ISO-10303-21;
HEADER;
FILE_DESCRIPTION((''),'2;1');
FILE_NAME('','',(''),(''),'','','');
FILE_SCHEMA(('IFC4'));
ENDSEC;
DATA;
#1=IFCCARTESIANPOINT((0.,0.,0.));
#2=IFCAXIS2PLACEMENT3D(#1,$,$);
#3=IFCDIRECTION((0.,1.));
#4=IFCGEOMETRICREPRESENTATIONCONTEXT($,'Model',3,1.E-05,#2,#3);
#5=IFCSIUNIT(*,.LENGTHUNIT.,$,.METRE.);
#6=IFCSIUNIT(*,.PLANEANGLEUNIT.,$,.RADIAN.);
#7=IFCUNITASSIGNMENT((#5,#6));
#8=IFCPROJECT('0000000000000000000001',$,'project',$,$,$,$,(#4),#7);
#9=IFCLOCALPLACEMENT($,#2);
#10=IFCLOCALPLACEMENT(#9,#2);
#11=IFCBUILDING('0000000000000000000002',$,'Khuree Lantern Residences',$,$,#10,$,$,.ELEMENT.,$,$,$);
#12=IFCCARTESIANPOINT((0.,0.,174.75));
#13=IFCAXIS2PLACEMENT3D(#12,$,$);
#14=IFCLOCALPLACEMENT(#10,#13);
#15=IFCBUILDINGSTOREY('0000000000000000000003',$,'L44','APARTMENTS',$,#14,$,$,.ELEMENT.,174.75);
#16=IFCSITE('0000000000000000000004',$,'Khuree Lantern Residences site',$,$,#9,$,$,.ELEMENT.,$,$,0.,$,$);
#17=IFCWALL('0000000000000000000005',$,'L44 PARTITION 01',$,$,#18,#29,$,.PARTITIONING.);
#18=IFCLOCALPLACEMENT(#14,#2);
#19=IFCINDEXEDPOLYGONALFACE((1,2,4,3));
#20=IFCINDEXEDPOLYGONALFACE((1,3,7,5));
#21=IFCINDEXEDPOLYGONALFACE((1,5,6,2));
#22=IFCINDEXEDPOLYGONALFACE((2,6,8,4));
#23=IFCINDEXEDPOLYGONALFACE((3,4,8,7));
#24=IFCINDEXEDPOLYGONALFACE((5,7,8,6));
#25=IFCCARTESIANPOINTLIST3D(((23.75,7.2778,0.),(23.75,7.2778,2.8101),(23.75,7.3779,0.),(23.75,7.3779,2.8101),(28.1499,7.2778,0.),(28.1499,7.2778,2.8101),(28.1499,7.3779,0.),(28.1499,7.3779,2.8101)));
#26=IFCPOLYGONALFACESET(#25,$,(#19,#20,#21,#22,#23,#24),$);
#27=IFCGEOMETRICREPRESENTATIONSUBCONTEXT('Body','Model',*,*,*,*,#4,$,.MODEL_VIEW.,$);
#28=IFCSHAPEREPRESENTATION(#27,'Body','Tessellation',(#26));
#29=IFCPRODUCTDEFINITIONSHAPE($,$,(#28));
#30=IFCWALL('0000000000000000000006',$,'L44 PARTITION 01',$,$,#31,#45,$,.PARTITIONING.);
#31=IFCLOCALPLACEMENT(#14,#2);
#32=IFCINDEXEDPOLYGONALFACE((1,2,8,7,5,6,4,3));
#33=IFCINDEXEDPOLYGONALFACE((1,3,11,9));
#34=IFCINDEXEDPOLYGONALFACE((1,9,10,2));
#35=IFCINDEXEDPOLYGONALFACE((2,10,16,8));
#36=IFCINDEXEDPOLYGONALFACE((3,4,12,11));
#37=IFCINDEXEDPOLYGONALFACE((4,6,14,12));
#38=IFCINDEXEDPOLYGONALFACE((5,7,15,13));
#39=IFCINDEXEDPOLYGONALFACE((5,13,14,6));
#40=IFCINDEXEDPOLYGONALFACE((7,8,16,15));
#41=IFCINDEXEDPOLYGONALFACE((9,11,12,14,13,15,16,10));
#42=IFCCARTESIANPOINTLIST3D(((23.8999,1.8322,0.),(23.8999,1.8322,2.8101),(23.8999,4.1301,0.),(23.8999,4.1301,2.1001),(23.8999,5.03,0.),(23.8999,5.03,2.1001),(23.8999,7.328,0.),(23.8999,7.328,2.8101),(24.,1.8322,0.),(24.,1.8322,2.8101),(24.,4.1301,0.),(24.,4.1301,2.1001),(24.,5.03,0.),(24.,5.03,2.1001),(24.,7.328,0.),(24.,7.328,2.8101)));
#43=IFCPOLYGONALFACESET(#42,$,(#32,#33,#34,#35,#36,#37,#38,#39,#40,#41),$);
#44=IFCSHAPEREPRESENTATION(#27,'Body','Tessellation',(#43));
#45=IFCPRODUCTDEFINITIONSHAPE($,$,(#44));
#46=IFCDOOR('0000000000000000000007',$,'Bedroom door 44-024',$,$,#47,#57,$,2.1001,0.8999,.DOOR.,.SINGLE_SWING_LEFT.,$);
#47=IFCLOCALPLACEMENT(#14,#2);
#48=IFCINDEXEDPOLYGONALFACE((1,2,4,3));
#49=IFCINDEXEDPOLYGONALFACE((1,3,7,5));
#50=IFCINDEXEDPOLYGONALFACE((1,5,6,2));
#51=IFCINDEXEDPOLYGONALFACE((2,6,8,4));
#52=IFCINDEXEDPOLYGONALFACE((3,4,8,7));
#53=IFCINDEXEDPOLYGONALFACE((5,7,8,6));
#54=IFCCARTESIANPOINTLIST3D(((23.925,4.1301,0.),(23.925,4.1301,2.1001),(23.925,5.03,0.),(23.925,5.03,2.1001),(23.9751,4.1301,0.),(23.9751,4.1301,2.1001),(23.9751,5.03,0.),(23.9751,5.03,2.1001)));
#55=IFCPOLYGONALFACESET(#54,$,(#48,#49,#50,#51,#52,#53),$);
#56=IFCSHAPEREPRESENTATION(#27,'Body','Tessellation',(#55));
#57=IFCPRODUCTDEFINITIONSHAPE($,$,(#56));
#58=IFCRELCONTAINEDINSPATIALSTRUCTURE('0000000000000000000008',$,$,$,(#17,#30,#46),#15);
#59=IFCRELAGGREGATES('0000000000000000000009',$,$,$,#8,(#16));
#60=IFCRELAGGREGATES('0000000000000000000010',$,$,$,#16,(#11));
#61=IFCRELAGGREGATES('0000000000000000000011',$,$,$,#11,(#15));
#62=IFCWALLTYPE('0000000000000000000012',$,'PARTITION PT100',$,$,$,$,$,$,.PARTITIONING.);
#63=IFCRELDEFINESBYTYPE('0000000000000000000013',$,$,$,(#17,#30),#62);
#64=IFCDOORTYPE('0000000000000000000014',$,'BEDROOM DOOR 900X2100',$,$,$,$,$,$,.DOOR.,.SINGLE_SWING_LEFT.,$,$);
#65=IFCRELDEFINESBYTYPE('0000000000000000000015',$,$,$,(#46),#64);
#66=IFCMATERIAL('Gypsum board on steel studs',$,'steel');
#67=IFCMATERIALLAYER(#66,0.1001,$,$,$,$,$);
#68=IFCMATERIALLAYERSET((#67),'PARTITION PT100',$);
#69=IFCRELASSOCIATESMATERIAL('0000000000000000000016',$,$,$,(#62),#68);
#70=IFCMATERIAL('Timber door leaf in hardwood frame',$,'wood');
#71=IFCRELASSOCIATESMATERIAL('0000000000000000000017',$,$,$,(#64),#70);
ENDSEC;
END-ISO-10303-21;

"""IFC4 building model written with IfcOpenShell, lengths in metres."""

from ifc_helpers import new_model, si_unit, direction, frame, frame_2d, origin, place, context, subcontext, project, spatial, rectangle, extrude, material, layer, layer_set, type_object, element, fill, save


model = new_model("IFC4")

# Units and contexts
model_context = context("Model", 3, precision=1e-05, world=origin(), true_north=direction((0.0, 1.0)))
body_context = subcontext(model_context, "Body", "Model", "MODEL_VIEW")
ifc_project = project(units=[si_unit("LENGTHUNIT", "METRE"), si_unit("PLANEANGLEUNIT", "RADIAN")], contexts=[model_context])

# Site, building, storey
site_placement = place(None, origin())
site = spatial("IfcSite", under=ifc_project, at=site_placement, Name="Khuree Lantern Residences site", CompositionType="ELEMENT", RefElevation=0.0)
building_placement = place(site_placement, origin())
building = spatial("IfcBuilding", under=site, at=building_placement, Name="Khuree Lantern Residences", CompositionType="ELEMENT")
storey_placement = place(building_placement, frame((0.0, 0.0, 174.75)))
storey = spatial("IfcBuildingStorey", under=building, at=storey_placement, Name="L44", Description="APARTMENTS", CompositionType="ELEMENT", Elevation=174.75)

# Wall
ifc_material_1 = material(Name="Gypsum board on steel studs", Category="steel")
ifc_layer_1 = layer(ifc_material_1, 0.1001)
ifc_layer_set_1 = layer_set([ifc_layer_1], Name="PARTITION PT100")
wall_type = type_object("IfcWallType", Name="PARTITION PT100", PredefinedType="PARTITIONING", material=ifc_layer_set_1)
wall_1_placement = place(storey_placement, frame((23.75, 7.3279, 0.0), z_axis=(0.0, 0.0, 1.0), x_axis=(1.0, 0.0, 0.0)))
element("IfcWall", 1, at=wall_1_placement, inside=storey, type_object=wall_type, Name="L44 PARTITION 01", PredefinedType="PARTITIONING", context=body_context, shape_type="SweptSolid", body=[
    extrude(rectangle(XDim=4.3999, YDim=0.1001, at=frame_2d((2.2, 0.0))), origin(), (0.0, 0.0, 1.0), 2.8101),
])

# Wall, opening, door
wall_2_placement = place(storey_placement, frame((23.95, 1.832, 0.0), z_axis=(0.0, 0.0, 1.0), x_axis=(0.0, 1.0, 0.0)))
wall_2 = element("IfcWall", 2, at=wall_2_placement, inside=storey, type_object=wall_type, Name="L44 PARTITION 01", PredefinedType="PARTITIONING", context=body_context, shape_type="SweptSolid", body=[
    extrude(rectangle(XDim=5.4958, YDim=0.1001, at=frame_2d((2.748, 0.0))), origin(), (0.0, 0.0, 1.0), 2.8101),
])
opening_placement = place(wall_2_placement, frame((2.2981, 0.0, 0.0)))
opening = element("IfcOpeningElement", 3, at=opening_placement, cuts=wall_2, PredefinedType="OPENING", context=body_context, shape_type="SweptSolid", body=[
    extrude(rectangle(XDim=0.8999, YDim=2.1001, at=frame_2d((0.45, 1.05))), frame((0.0, 0.0601, 0.0), z_axis=(0.0, -1.0, 0.0), x_axis=(1.0, 0.0, 0.0)), (0.0, 0.0, 1.0), 0.1201),
])
ifc_material_2 = material(Name="Timber door leaf in hardwood frame", Category="wood")
door_type = type_object("IfcDoorType", Name="BEDROOM DOOR 900X2100", OperationType="SINGLE_SWING_LEFT", PredefinedType="DOOR", material=ifc_material_2)
door_placement = place(opening_placement, origin())
door = element("IfcDoor", 4, at=door_placement, inside=storey, type_object=door_type, Name="Bedroom door 44-024", OperationType="SINGLE_SWING_LEFT", OverallHeight=2.1001, OverallWidth=0.8999, PredefinedType="DOOR", context=body_context, shape_type="SweptSolid", body=[
    extrude(rectangle(XDim=0.8999, YDim=2.1001, at=frame_2d((0.45, 1.05))), frame((0.0, 0.0249, 0.0), z_axis=(0.0, -1.0, 0.0), x_axis=(1.0, 0.0, 0.0)), (0.0, 0.0, 1.0), 0.05),
])
fill(opening, door)

save(model, "model.ifc")
